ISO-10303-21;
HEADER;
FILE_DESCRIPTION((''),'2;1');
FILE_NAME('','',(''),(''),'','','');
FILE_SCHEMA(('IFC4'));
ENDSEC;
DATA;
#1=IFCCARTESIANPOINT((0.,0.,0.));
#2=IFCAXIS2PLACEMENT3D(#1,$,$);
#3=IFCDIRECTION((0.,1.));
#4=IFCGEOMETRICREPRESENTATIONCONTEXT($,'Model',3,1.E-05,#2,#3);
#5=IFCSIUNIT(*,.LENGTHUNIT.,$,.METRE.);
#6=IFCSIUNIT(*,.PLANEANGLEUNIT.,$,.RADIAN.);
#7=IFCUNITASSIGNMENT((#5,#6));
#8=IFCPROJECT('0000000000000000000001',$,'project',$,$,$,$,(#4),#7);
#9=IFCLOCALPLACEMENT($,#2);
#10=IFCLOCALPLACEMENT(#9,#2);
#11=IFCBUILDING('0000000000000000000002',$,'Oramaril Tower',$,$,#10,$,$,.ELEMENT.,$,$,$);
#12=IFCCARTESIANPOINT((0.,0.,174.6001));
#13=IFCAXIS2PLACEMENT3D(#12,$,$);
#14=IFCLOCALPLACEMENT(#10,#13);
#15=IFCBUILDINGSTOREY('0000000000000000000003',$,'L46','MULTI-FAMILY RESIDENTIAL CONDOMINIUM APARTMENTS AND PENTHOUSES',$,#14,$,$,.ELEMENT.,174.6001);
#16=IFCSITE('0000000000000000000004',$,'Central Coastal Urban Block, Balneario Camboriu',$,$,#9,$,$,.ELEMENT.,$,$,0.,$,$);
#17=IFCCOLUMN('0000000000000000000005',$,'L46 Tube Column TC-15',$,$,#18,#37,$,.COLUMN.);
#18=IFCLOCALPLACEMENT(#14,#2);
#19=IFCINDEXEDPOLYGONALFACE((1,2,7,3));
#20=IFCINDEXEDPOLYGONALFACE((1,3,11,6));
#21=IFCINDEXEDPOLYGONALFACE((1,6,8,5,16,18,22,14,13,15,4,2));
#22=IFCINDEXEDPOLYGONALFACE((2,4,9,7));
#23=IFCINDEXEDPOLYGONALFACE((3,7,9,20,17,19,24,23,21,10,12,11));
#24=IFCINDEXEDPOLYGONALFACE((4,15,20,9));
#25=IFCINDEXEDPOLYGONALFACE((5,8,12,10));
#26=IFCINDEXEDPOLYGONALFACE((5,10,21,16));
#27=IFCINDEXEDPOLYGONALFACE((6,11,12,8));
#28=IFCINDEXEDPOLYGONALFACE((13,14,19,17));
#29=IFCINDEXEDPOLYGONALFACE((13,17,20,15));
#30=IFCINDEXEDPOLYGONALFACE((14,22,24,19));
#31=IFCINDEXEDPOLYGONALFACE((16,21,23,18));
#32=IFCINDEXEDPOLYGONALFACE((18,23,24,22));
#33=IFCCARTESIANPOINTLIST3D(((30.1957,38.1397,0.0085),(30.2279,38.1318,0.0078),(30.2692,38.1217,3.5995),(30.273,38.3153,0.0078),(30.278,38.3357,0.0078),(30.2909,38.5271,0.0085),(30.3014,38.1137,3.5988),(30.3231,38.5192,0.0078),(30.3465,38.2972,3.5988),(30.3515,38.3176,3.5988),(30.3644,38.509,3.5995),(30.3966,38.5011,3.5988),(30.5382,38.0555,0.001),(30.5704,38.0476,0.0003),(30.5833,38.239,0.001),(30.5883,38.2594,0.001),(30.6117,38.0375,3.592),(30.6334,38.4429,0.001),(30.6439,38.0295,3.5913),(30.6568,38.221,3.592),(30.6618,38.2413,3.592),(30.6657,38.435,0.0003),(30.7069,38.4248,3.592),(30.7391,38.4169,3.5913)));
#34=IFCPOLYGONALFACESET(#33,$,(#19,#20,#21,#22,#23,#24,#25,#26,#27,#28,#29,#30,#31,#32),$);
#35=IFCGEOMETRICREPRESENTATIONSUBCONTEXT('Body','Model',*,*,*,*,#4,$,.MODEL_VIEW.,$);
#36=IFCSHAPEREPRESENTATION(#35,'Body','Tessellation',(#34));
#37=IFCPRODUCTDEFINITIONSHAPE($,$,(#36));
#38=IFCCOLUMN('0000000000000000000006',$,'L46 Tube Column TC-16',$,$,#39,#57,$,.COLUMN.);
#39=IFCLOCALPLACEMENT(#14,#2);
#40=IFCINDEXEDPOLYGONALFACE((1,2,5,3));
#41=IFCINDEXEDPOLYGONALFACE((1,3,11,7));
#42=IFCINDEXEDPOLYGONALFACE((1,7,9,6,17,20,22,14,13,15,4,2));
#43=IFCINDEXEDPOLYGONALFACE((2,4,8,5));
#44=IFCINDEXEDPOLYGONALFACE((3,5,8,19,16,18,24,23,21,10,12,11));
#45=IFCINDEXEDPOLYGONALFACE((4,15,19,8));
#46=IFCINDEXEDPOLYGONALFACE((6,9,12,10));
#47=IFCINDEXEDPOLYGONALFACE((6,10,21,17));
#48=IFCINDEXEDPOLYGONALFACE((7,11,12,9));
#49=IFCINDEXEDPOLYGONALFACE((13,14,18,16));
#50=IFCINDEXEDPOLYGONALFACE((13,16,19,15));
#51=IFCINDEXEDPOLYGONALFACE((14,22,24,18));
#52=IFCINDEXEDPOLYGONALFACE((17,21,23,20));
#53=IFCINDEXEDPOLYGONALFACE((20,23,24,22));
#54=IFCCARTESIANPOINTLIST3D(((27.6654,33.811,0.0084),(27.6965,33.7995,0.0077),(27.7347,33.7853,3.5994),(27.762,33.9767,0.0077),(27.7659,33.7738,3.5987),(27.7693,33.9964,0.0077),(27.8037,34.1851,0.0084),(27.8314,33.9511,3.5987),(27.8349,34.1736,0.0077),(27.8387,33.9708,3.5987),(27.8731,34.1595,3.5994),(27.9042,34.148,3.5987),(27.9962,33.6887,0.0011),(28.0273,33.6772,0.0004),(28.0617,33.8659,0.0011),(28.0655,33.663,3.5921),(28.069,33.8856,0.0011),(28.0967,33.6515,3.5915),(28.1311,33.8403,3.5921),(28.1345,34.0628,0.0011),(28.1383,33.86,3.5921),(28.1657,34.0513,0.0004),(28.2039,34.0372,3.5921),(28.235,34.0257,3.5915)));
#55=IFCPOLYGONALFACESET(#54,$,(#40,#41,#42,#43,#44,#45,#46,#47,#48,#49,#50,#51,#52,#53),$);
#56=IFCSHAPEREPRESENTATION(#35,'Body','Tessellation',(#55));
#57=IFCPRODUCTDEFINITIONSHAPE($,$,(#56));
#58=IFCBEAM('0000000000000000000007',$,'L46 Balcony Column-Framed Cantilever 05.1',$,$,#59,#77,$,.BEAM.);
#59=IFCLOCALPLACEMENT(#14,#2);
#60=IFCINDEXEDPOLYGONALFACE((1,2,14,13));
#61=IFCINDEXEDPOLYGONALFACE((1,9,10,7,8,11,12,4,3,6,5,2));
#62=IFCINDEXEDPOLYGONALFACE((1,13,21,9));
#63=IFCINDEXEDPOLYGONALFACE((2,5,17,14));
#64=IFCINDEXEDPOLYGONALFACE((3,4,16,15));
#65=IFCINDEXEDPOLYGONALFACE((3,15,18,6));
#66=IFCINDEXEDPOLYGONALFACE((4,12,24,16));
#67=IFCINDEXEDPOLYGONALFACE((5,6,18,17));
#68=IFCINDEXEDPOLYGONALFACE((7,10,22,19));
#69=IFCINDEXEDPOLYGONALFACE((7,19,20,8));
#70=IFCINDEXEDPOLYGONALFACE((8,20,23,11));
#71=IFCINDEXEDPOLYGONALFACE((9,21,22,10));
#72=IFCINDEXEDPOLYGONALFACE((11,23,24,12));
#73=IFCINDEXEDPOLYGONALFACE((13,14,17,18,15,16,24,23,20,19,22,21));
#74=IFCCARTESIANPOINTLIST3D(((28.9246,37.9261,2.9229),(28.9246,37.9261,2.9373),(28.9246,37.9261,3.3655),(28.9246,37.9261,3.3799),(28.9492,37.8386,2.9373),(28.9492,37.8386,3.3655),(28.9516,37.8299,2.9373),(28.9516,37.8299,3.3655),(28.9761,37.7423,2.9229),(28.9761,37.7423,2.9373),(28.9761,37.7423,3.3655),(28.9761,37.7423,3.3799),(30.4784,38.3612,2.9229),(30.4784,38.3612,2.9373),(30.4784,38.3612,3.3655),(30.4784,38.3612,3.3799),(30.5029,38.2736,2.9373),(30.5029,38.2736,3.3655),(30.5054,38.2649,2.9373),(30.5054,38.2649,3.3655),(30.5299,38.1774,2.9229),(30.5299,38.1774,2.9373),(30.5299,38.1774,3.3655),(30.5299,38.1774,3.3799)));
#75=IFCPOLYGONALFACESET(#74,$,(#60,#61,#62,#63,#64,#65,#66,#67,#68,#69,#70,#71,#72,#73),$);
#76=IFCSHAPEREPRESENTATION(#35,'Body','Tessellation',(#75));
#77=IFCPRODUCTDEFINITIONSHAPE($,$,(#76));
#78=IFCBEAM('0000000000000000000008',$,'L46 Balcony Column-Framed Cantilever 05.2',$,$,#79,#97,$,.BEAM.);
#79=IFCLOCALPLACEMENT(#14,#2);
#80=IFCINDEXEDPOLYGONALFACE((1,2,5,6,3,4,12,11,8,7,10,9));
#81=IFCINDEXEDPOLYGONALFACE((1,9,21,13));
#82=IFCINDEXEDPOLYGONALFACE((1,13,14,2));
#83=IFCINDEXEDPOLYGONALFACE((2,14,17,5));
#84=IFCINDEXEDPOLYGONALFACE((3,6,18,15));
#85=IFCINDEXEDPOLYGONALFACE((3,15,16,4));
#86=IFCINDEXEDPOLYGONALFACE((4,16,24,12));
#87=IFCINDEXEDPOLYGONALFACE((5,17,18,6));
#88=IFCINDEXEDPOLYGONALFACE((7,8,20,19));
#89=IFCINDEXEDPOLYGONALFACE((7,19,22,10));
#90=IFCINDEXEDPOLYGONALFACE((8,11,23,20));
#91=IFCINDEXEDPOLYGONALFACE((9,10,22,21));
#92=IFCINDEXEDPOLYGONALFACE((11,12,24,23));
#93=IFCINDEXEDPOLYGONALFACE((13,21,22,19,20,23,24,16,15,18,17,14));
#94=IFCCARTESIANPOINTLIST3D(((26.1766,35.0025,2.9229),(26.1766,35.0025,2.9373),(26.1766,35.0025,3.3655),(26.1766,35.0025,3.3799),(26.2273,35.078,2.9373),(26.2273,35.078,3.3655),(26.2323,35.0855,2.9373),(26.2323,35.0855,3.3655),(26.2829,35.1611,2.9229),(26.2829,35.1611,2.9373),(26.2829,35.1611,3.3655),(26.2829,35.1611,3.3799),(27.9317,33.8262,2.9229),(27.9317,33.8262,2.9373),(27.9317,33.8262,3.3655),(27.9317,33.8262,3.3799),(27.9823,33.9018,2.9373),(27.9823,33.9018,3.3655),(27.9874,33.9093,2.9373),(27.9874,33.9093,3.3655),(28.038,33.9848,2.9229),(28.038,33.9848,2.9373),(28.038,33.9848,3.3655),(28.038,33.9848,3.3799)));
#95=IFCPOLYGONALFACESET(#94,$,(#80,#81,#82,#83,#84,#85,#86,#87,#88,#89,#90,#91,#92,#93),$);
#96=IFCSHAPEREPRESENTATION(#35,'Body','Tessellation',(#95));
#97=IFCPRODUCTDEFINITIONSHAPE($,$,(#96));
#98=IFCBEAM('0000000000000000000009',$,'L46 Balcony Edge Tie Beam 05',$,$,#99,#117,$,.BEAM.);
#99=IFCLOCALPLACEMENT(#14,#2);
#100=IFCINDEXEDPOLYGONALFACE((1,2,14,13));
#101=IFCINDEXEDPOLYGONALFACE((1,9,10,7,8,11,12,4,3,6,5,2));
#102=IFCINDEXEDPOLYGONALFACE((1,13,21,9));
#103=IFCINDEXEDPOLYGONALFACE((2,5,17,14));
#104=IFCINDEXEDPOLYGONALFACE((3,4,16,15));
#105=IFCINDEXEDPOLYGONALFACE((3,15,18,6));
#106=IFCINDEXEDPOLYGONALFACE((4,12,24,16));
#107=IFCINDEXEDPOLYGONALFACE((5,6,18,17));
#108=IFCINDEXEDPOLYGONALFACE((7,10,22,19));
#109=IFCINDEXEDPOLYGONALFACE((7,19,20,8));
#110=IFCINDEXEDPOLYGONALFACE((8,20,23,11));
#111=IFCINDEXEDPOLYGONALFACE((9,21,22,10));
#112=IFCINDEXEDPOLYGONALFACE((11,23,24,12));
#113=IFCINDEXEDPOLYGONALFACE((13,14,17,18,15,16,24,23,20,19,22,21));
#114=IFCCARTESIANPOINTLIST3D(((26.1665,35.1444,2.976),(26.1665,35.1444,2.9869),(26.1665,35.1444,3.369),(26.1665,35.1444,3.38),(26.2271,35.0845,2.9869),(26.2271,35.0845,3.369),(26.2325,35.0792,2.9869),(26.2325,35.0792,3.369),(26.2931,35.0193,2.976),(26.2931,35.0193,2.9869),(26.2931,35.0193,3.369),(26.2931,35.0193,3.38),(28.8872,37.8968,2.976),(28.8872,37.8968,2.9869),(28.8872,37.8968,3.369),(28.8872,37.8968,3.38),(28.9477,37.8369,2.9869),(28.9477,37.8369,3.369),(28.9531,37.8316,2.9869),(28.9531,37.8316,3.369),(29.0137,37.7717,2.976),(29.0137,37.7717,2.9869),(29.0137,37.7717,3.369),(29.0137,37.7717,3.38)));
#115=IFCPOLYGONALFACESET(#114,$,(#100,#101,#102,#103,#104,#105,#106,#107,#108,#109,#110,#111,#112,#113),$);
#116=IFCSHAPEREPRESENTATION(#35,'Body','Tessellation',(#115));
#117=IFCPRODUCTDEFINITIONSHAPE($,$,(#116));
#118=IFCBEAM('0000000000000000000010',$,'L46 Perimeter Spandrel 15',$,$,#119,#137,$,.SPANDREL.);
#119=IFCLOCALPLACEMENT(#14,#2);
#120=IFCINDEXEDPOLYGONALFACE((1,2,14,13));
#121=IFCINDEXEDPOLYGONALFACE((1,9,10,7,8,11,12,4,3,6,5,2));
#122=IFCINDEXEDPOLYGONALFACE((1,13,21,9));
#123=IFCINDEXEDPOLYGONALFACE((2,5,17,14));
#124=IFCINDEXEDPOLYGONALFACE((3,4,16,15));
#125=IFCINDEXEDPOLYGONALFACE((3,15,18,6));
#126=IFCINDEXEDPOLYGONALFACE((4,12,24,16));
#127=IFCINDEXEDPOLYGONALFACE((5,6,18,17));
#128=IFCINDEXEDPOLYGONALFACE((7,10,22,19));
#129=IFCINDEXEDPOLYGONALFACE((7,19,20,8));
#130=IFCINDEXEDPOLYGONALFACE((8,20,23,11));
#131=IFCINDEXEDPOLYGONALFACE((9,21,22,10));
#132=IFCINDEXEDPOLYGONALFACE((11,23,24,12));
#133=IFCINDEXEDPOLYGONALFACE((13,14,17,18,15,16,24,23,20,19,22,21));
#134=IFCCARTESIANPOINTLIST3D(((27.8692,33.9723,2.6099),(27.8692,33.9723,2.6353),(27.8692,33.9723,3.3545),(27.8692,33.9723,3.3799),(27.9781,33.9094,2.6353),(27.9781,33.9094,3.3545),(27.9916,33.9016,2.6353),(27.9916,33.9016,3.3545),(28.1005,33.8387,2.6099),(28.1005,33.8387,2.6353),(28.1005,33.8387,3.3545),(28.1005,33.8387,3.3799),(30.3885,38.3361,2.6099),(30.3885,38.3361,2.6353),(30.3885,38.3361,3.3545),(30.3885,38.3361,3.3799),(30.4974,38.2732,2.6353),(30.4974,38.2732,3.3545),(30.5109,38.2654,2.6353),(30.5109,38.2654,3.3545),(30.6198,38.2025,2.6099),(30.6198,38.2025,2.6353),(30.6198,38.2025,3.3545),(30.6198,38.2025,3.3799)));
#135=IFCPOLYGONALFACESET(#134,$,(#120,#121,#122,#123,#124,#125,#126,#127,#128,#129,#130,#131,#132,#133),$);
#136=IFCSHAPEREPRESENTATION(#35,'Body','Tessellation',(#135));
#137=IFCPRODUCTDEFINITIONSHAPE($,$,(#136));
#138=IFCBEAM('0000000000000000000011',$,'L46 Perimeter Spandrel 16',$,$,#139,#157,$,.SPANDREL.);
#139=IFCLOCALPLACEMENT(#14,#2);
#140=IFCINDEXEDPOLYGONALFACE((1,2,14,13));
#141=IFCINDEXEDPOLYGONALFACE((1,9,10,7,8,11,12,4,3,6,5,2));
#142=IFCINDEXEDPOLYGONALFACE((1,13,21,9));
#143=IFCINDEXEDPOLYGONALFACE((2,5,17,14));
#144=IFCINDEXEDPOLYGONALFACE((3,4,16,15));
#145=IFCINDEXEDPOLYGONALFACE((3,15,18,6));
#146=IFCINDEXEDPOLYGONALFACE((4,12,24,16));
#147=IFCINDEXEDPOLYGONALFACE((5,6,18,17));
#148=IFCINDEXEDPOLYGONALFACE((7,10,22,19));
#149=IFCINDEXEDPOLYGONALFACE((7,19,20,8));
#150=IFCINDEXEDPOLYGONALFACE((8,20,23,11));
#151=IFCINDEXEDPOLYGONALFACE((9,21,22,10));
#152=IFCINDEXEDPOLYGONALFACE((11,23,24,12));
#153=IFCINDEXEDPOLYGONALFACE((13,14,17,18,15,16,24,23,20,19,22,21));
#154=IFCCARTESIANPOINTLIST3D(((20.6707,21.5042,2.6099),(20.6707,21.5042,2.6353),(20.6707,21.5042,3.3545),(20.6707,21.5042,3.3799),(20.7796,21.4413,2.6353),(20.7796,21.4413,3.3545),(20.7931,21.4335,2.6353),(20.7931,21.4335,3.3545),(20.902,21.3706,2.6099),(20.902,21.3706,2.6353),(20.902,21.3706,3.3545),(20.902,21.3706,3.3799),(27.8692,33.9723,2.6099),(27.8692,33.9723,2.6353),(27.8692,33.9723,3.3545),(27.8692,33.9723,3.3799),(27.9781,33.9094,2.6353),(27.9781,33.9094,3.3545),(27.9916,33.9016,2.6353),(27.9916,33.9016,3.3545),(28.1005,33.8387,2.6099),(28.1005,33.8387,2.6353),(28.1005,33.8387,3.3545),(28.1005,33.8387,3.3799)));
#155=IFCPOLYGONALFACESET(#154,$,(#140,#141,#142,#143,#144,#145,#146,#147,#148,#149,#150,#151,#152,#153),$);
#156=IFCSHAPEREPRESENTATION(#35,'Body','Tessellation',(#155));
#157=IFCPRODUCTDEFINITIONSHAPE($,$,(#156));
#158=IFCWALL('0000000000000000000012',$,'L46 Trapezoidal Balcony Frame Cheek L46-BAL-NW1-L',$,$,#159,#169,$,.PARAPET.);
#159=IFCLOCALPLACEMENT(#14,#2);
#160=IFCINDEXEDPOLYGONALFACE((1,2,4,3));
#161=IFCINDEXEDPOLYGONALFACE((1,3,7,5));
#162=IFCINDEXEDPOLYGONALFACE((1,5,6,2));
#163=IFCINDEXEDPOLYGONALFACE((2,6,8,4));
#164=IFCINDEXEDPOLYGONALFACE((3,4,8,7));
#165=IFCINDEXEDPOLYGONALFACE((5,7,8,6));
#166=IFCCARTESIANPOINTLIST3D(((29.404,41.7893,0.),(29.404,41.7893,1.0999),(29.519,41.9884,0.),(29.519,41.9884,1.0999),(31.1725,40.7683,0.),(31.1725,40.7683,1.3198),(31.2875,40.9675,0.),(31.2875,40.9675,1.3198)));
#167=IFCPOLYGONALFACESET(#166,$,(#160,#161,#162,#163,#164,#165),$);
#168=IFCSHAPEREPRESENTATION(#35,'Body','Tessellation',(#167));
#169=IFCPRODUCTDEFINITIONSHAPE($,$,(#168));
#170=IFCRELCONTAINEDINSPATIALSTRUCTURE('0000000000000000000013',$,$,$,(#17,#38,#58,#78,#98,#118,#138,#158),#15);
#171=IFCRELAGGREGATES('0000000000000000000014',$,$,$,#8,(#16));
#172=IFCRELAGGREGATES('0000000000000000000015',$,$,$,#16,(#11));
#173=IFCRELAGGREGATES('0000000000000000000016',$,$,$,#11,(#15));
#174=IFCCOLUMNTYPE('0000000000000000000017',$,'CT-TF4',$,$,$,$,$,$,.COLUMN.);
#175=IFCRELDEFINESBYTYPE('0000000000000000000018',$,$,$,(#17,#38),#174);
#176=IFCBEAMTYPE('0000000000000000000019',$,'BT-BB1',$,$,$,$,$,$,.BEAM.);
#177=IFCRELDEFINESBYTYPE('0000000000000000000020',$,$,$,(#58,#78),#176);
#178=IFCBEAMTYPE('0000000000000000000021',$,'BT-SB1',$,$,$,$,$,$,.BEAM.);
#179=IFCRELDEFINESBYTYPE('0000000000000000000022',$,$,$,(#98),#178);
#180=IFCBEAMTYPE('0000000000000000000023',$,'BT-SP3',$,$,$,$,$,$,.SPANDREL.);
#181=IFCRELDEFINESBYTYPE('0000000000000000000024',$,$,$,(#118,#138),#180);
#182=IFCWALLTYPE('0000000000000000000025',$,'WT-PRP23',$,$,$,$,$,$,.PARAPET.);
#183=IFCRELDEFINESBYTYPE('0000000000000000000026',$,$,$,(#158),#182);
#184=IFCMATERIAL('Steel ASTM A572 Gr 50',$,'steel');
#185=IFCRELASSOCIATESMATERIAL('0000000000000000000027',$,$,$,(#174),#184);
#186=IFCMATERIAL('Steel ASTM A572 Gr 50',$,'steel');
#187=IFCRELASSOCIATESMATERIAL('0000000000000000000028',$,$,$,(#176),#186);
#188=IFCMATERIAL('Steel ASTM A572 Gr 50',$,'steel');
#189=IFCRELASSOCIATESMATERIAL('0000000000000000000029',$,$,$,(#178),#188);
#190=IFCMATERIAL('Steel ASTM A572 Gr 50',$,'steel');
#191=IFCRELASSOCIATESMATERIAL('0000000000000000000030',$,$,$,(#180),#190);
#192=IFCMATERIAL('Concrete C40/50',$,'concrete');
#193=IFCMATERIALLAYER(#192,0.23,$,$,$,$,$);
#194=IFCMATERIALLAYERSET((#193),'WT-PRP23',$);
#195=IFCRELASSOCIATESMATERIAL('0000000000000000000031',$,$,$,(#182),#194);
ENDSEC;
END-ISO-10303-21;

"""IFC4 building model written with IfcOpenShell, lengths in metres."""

from ifc_helpers import new_model, si_unit, direction, frame, origin, origin_2d, place, context, subcontext, project, spatial, polyline, i_section, outline, extrude, material, layer, layer_set, material_profile, profile_set, type_object, element, save


model = new_model("IFC4")

# Units and contexts
model_context = context("Model", 3, precision=1e-05, world=origin(), true_north=direction((0.0, 1.0)))
body_context = subcontext(model_context, "Body", "Model", "MODEL_VIEW")
ifc_project = project(units=[si_unit("LENGTHUNIT", "METRE"), si_unit("PLANEANGLEUNIT", "RADIAN")], contexts=[model_context])

# Site, building, storey
site_placement = place(None, origin())
site = spatial("IfcSite", under=ifc_project, at=site_placement, Name="Central Coastal Urban Block, Balneario Camboriu", CompositionType="ELEMENT", RefElevation=0.0)
building_placement = place(site_placement, origin())
building = spatial("IfcBuilding", under=site, at=building_placement, Name="Oramaril Tower", CompositionType="ELEMENT")
storey_placement = place(building_placement, frame((0.0, 0.0, 174.6001)))
storey = spatial("IfcBuildingStorey", under=building, at=storey_placement, Name="L46", Description="MULTI-FAMILY RESIDENTIAL CONDOMINIUM APARTMENTS AND PENTHOUSES", CompositionType="ELEMENT", Elevation=174.6001)

# Columns
ifc_material_1 = material(Name="Steel ASTM A572 Gr 50", Category="steel")
ifc_material_profile_1 = material_profile(ifc_material_1, i_section(OverallWidth=0.3989, OverallDepth=0.386, WebThickness=0.021, FlangeThickness=0.0332, at=origin_2d()), Name="W14X176")
ifc_profile_set_1 = profile_set([ifc_material_profile_1], Name="Steel ASTM A572 Gr 50")
column_type = type_object("IfcColumnType", Name="CT-TF4", PredefinedType="COLUMN", material=ifc_profile_set_1)
for number, where, z_axis, x_axis, name in (
    (1, (30.4307, 38.2874, 0.0044), (0.020459, -0.00503, 0.999778), (0.238738, 0.971084, 0.0), "L46 Tube Column TC-15"),
    (2, (27.9155, 33.9312, 0.0044), (0.019304, -0.007137, 0.999788), (0.346776, 0.937948, 0.0), "L46 Tube Column TC-16"),
):
    element("IfcColumn", number, at=place(storey_placement, frame(where, z_axis=z_axis, x_axis=x_axis)), inside=storey, type_object=column_type, Name=name, PredefinedType="COLUMN", context=body_context, shape_type="SweptSolid", body=[
        extrude(i_section(OverallWidth=0.3989, OverallDepth=0.386, WebThickness=0.021, FlangeThickness=0.0332, at=origin_2d()), origin(), (0.0, 0.0, 1.0), 3.5918),
    ])

# Beams
ifc_material_2 = material(Name="Steel ASTM A572 Gr 50", Category="steel")
ifc_material_profile_2 = material_profile(ifc_material_2, i_section(OverallWidth=0.1909, OverallDepth=0.457, WebThickness=0.009, FlangeThickness=0.0144, at=origin_2d()), Name="W18X50")
ifc_profile_set_2 = profile_set([ifc_material_profile_2], Name="Steel ASTM A572 Gr 50")
beam_type_1 = type_object("IfcBeamType", Name="BT-BB1", PredefinedType="BEAM", material=ifc_profile_set_2)
beam_1_placement = place(storey_placement, frame((30.5042, 38.2693, 3.1514), z_axis=(-0.962961, -0.269641, 0.0), x_axis=(0.269641, -0.962961, 0.0)))
element("IfcBeam", 3, at=beam_1_placement, inside=storey, type_object=beam_type_1, Name="L46 Balcony Column-Framed Cantilever 05.1", PredefinedType="BEAM", context=body_context, shape_type="SweptSolid", body=[
    extrude(i_section(OverallWidth=0.1909, OverallDepth=0.457, WebThickness=0.009, FlangeThickness=0.0144, at=origin_2d()), origin(), (0.0, 0.0, 1.0), 1.6135),
])
beam_2_placement = place(storey_placement, frame((27.9849, 33.9055, 3.1514), z_axis=(-0.830697, 0.556725, 0.0), x_axis=(-0.556725, -0.830697, 0.0)))
element("IfcBeam", 4, at=beam_2_placement, inside=storey, type_object=beam_type_1, Name="L46 Balcony Column-Framed Cantilever 05.2", PredefinedType="BEAM", context=body_context, shape_type="SweptSolid", body=[
    extrude(i_section(OverallWidth=0.1909, OverallDepth=0.457, WebThickness=0.009, FlangeThickness=0.0144, at=origin_2d()), origin(), (0.0, 0.0, 1.0), 2.1128),
])
ifc_material_3 = material(Name="Steel ASTM A572 Gr 50", Category="steel")
ifc_material_profile_3 = material_profile(ifc_material_3, i_section(OverallWidth=0.178, OverallDepth=0.4041, WebThickness=0.0076, FlangeThickness=0.011, at=origin_2d()), Name="W16X36")
ifc_profile_set_3 = profile_set([ifc_material_profile_3], Name="Steel ASTM A572 Gr 50")
beam_type_2 = type_object("IfcBeamType", Name="BT-SB1", PredefinedType="BEAM", material=ifc_profile_set_3)
beam_3_placement = place(storey_placement, frame((28.9504, 37.8342, 3.178), z_axis=(-0.702995, -0.711195, 0.0), x_axis=(0.711195, -0.702995, 0.0)))
element("IfcBeam", 5, at=beam_3_placement, inside=storey, type_object=beam_type_2, Name="L46 Balcony Edge Tie Beam 05", PredefinedType="BEAM", context=body_context, shape_type="SweptSolid", body=[
    extrude(i_section(OverallWidth=0.178, OverallDepth=0.4041, WebThickness=0.0076, FlangeThickness=0.011, at=origin_2d()), origin(), (0.0, 0.0, 1.0), 3.8701),
])
ifc_material_4 = material(Name="Steel ASTM A572 Gr 50", Category="steel")
ifc_material_profile_4 = material_profile(ifc_material_4, i_section(OverallWidth=0.2671, OverallDepth=0.77, WebThickness=0.0156, FlangeThickness=0.0254, at=origin_2d()), Name="W30X132")
ifc_profile_set_4 = profile_set([ifc_material_profile_4], Name="Steel ASTM A572 Gr 50")
beam_type_3 = type_object("IfcBeamType", Name="BT-SP3", PredefinedType="SPANDREL", material=ifc_profile_set_4)
beam_4_placement = place(storey_placement, frame((30.5042, 38.2693, 2.9949), z_axis=(-0.49998, -0.866037, 0.0), x_axis=(0.866037, -0.49998, 0.0)))
element("IfcBeam", 6, at=beam_4_placement, inside=storey, type_object=beam_type_3, Name="L46 Perimeter Spandrel 15", PredefinedType="SPANDREL", context=body_context, shape_type="SweptSolid", body=[
    extrude(i_section(OverallWidth=0.2671, OverallDepth=0.77, WebThickness=0.0156, FlangeThickness=0.0254, at=origin_2d()), origin(), (0.0, 0.0, 1.0), 5.0388),
])
beam_5_placement = place(storey_placement, frame((27.9849, 33.9055, 2.9949), z_axis=(-0.500004, -0.866023, 0.0), x_axis=(0.866023, -0.500004, 0.0)))
element("IfcBeam", 7, at=beam_5_placement, inside=storey, type_object=beam_type_3, Name="L46 Perimeter Spandrel 16", PredefinedType="SPANDREL", context=body_context, shape_type="SweptSolid", body=[
    extrude(i_section(OverallWidth=0.2671, OverallDepth=0.77, WebThickness=0.0156, FlangeThickness=0.0254, at=origin_2d()), origin(), (0.0, 0.0, 1.0), 14.397),
])

# Wall
ifc_material_5 = material(Name="Concrete C40/50", Category="concrete")
ifc_layer_1 = layer(ifc_material_5, 0.23)
ifc_layer_set_1 = layer_set([ifc_layer_1], Name="WT-PRP23")
wall_type_1 = type_object("IfcWallType", Name="WT-PRP23", PredefinedType="PARAPET", material=ifc_layer_set_1)
wall_1_placement = place(storey_placement, frame((31.23, 40.8679, 0.0), z_axis=(0.0, 0.0, 1.0), x_axis=(-0.866042, 0.499971, 0.0)))
element("IfcWall", 8, at=wall_1_placement, inside=storey, type_object=wall_type_1, Name="L46 Trapezoidal Balcony Frame Cheek L46-BAL-NW1-L", PredefinedType="PARAPET", context=body_context, shape_type="SweptSolid", body=[
    extrude(outline(polyline([(0.0, 0.0), (2.042, 0.0), (2.042, 1.0999), (0.0, 1.3198), (0.0, 0.0)])), frame((0.0, 0.115, 0.0), z_axis=(0.0, -1.0, 0.0), x_axis=(1.0, 0.0, 0.0)), (0.0, 0.0, 1.0), 0.23),
])

save(model, "model.ifc")
